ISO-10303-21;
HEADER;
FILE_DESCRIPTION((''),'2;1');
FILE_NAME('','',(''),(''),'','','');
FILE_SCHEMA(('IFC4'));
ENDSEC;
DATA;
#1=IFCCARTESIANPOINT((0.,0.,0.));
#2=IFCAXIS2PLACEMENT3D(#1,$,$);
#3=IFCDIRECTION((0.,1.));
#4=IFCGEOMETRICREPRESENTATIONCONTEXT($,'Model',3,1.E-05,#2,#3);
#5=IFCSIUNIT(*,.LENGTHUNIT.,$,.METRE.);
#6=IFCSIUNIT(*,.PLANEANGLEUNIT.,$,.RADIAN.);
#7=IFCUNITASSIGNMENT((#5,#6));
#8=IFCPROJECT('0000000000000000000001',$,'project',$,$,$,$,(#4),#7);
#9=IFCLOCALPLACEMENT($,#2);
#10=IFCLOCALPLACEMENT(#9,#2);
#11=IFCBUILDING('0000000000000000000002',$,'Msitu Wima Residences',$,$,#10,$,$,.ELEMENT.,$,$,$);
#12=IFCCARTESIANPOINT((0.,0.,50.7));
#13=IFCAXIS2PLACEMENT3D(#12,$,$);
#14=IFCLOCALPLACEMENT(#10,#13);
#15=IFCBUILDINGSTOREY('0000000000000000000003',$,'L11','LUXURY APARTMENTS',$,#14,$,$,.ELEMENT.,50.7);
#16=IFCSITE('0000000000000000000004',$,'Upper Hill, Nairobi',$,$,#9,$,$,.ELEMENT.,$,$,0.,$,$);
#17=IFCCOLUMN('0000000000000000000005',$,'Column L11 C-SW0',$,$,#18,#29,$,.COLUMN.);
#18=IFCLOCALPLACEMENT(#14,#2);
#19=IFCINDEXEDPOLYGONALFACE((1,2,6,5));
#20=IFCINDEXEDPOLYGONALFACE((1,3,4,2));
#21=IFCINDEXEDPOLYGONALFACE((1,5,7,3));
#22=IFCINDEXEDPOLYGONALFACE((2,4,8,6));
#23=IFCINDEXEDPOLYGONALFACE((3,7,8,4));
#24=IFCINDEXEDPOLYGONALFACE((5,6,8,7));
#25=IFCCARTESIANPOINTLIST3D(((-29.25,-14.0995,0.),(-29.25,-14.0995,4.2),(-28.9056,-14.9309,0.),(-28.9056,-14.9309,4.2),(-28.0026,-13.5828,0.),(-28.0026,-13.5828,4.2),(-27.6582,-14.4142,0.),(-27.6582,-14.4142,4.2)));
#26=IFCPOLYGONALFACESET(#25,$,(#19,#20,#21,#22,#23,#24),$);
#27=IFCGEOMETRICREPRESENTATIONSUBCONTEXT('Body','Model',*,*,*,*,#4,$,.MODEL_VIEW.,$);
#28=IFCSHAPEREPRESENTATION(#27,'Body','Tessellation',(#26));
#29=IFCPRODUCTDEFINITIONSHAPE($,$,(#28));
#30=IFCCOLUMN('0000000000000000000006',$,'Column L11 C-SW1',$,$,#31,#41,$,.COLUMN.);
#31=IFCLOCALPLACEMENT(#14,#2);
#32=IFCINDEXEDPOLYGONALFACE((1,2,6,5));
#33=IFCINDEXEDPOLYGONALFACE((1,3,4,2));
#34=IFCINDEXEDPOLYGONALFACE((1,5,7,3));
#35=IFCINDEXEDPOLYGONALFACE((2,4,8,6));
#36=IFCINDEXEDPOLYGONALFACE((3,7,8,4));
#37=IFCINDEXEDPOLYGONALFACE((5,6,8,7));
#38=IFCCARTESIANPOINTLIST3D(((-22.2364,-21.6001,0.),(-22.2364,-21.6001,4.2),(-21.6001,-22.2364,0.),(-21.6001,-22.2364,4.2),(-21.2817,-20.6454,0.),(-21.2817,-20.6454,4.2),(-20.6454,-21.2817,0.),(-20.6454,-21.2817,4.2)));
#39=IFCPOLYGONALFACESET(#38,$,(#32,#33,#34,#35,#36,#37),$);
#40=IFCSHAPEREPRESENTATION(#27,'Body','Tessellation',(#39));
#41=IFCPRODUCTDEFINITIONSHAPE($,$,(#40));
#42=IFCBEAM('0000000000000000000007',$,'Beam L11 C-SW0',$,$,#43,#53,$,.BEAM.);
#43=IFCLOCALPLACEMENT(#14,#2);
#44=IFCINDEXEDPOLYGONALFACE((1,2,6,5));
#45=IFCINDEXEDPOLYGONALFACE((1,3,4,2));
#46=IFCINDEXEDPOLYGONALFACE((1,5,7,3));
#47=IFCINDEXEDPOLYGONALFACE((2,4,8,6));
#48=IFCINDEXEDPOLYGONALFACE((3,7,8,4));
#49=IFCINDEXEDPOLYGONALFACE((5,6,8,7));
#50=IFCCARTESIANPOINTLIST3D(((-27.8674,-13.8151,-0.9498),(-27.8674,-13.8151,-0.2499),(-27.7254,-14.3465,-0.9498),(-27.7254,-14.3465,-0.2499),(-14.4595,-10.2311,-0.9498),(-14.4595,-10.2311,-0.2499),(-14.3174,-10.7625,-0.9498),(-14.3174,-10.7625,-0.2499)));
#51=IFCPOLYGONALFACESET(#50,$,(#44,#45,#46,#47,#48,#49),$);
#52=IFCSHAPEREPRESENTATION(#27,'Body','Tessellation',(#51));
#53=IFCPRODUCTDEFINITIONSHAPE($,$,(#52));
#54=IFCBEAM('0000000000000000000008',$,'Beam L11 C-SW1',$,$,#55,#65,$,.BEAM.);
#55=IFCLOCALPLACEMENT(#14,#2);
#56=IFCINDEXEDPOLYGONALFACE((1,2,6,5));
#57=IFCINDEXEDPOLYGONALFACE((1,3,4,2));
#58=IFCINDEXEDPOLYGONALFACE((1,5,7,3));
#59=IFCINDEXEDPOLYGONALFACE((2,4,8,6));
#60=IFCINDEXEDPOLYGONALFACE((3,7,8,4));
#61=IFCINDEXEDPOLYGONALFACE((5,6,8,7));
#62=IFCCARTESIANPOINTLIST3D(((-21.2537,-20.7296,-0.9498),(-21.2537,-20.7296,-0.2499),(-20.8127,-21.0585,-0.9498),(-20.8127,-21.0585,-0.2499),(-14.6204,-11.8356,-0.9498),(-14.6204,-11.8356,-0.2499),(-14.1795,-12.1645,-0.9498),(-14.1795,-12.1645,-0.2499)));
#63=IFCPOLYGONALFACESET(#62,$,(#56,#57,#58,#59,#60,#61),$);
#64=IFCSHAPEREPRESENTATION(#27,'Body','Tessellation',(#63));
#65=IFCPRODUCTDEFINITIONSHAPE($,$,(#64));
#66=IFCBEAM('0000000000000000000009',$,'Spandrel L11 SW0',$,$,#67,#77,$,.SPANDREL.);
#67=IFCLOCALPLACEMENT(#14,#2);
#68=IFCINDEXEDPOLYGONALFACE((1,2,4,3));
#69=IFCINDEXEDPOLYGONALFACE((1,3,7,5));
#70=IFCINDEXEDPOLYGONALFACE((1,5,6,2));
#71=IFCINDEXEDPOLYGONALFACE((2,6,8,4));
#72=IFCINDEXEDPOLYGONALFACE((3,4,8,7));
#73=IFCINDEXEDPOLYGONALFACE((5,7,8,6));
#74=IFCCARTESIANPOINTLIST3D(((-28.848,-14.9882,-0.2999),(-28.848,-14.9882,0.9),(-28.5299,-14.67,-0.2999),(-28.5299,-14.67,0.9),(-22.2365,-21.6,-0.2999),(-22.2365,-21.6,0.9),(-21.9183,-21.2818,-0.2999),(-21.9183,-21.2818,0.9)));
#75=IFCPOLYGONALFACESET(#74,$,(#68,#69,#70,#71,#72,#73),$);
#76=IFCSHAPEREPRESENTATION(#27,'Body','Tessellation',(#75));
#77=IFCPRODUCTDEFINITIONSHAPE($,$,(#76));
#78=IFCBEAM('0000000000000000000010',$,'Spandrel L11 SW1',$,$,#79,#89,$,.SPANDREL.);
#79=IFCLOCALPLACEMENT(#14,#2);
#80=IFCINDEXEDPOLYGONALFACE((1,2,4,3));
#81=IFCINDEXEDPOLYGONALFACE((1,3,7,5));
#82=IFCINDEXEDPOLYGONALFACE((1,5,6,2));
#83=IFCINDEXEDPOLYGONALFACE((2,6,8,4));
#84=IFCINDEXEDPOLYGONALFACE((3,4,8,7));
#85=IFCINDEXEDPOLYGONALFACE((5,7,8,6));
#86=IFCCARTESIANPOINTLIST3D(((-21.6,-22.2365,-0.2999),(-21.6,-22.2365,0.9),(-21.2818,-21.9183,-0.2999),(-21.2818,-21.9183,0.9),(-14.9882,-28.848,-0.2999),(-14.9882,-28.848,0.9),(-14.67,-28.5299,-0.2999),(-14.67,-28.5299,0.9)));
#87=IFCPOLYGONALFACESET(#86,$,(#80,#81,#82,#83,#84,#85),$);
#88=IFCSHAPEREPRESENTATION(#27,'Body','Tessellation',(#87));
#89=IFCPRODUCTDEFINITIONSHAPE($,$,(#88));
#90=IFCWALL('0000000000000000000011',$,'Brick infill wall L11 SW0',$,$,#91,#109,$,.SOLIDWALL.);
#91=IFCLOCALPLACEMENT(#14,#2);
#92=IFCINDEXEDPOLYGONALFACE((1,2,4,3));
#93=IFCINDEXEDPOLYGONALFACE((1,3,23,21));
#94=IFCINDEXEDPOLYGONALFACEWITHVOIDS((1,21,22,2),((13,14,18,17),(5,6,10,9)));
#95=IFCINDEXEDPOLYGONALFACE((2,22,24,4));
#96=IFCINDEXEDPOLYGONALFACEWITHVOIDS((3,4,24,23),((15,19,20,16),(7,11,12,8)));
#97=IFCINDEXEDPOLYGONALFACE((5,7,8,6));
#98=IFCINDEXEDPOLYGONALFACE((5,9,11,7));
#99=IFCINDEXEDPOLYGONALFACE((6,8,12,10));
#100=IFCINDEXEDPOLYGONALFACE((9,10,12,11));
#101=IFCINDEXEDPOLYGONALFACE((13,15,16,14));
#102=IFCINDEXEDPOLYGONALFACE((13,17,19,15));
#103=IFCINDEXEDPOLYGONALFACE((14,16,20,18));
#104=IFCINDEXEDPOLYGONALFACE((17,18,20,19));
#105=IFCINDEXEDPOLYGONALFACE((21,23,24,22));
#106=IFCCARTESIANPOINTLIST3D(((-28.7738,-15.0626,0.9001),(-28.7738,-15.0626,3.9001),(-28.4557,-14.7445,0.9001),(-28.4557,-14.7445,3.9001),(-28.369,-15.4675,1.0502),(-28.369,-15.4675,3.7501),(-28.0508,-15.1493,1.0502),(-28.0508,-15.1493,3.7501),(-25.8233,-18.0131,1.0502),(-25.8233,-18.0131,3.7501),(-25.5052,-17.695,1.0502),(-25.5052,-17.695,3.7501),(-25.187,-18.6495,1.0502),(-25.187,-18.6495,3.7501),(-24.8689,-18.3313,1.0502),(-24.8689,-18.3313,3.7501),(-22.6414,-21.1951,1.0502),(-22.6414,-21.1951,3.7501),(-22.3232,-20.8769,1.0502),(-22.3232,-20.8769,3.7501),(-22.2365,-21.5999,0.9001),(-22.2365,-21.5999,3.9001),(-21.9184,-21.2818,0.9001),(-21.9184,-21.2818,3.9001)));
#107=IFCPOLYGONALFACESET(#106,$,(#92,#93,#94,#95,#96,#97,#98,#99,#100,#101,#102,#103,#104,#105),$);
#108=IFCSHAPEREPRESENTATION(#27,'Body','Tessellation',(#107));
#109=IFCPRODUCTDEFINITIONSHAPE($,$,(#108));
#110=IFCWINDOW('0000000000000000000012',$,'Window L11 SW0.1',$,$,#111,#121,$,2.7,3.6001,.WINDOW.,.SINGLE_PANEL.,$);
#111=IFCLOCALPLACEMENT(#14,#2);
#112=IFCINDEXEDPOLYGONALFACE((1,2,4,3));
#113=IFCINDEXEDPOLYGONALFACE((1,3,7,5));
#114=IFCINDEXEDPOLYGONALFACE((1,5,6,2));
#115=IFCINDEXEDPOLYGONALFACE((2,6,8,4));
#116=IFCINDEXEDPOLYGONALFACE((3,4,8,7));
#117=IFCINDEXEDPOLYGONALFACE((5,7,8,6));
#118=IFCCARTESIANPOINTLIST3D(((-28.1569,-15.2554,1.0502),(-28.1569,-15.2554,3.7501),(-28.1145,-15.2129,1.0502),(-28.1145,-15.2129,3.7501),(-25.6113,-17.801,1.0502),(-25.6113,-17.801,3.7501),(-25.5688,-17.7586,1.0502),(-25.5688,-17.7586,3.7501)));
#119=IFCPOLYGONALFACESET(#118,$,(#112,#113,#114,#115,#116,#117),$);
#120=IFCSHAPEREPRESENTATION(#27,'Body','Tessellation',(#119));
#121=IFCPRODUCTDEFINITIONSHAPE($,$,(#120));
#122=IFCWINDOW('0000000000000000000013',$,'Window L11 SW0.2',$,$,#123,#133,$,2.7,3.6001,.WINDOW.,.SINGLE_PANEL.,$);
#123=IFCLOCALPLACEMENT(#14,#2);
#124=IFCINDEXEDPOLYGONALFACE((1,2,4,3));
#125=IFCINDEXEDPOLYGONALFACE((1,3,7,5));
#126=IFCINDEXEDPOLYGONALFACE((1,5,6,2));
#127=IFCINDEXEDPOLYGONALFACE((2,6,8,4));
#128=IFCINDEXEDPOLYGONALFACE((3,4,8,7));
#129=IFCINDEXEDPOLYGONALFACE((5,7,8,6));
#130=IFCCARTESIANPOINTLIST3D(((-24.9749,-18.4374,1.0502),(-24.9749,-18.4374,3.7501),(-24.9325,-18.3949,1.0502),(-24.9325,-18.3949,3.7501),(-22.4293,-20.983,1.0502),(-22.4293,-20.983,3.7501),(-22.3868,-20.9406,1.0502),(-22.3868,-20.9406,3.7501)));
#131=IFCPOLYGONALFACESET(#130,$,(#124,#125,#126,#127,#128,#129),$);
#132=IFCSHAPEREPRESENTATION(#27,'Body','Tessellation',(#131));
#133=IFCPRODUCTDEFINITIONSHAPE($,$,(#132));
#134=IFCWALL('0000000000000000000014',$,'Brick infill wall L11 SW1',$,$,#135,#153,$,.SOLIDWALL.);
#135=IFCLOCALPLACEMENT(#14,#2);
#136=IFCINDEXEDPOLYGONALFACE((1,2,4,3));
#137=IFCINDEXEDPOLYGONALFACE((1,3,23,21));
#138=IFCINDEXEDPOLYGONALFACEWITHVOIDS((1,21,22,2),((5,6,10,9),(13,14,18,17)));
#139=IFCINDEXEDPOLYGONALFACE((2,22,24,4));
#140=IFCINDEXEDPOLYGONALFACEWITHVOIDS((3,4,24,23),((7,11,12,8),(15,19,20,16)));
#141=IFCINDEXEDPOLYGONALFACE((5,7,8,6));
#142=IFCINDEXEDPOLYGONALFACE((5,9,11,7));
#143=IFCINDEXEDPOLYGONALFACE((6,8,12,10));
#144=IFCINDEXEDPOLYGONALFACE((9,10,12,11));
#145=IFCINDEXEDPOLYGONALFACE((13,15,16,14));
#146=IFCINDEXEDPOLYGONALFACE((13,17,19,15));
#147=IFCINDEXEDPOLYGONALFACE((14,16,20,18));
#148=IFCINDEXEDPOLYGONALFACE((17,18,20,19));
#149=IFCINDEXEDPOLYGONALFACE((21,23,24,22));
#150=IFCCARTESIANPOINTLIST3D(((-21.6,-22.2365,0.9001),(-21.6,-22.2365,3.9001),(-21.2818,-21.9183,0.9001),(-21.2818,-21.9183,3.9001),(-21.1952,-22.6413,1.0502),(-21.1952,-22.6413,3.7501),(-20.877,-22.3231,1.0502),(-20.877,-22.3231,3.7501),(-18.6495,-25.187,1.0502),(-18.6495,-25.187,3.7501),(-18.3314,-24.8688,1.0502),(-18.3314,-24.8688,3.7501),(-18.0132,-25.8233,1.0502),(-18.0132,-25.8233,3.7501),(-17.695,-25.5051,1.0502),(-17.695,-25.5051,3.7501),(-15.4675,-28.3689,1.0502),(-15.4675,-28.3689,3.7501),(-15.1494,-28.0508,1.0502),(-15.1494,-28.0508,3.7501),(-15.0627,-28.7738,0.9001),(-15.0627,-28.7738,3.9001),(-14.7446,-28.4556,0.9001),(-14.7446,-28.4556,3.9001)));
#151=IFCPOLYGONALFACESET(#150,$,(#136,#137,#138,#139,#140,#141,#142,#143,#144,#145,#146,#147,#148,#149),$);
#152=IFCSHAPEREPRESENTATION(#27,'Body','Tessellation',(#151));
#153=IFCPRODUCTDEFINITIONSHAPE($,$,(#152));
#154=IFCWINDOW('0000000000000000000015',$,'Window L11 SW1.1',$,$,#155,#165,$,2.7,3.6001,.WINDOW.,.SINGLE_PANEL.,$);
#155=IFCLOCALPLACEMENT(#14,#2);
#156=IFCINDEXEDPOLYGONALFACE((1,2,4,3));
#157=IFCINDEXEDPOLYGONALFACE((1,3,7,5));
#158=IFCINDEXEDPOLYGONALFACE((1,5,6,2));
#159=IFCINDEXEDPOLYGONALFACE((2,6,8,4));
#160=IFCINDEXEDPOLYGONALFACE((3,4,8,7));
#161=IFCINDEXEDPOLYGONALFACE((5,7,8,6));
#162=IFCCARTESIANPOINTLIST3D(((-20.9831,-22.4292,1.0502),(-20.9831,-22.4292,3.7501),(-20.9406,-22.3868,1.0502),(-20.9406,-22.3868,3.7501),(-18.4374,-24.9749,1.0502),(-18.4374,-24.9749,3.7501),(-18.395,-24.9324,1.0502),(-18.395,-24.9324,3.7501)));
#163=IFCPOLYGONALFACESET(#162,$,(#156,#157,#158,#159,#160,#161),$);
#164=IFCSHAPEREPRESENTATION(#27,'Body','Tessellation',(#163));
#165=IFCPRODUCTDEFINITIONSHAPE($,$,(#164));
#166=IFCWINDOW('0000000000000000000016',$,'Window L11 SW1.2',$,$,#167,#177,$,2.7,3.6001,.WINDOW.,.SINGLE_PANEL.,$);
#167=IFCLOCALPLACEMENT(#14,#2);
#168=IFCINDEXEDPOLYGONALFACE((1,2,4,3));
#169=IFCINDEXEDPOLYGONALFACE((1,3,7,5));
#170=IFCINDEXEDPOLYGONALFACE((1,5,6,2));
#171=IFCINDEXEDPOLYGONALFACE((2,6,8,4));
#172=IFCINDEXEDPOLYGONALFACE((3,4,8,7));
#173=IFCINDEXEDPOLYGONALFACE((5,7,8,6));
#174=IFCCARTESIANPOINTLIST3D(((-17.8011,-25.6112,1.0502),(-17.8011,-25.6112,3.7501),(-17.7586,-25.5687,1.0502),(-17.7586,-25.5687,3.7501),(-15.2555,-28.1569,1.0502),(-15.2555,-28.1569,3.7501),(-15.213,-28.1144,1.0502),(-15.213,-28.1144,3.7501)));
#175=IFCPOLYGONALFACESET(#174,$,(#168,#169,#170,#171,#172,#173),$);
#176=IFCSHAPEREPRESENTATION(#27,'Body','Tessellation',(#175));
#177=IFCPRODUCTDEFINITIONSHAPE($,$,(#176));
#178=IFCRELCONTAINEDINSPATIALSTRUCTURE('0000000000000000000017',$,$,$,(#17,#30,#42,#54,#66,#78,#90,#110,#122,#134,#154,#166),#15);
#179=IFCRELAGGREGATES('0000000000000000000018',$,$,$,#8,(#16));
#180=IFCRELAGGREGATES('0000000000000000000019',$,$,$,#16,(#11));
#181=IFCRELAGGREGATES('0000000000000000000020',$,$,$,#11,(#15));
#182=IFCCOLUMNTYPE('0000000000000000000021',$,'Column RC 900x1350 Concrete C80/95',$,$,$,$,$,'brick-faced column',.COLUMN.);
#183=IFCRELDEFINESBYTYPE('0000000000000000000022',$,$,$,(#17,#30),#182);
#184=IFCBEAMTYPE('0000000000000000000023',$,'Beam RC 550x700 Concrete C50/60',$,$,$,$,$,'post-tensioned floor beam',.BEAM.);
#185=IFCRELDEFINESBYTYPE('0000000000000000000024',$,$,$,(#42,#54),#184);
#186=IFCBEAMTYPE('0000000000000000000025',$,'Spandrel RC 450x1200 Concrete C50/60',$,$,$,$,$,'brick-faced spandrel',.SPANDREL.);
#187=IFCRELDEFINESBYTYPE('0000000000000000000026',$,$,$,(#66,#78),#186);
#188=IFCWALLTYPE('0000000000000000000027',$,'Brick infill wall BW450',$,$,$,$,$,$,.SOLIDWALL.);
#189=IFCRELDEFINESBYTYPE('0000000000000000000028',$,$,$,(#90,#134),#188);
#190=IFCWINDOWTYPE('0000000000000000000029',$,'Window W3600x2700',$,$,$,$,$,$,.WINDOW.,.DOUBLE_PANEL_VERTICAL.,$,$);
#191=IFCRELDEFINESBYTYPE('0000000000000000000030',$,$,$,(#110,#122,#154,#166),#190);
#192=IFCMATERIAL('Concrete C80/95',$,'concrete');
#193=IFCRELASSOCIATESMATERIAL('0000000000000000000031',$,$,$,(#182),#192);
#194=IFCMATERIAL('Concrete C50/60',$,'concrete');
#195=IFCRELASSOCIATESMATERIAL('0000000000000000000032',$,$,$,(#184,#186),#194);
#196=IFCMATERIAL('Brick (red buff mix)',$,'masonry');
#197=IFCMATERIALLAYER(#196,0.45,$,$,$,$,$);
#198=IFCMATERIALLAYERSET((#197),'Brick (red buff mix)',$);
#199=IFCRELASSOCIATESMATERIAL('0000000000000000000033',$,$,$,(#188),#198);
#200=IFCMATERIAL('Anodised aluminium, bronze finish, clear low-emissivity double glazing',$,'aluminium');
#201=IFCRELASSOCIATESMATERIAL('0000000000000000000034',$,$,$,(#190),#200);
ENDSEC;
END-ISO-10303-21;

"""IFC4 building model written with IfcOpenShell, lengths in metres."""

from ifc_helpers import new_model, si_unit, direction, frame, frame_2d, origin, origin_2d, place, context, subcontext, project, spatial, rectangle, extrude, material, layer, layer_set, material_profile, profile_set, type_object, element, fill, save


model = new_model("IFC4")

# Units and contexts
model_context = context("Model", 3, precision=1e-05, world=origin(), true_north=direction((0.0, 1.0)))
body_context = subcontext(model_context, "Body", "Model", "MODEL_VIEW")
ifc_project = project(units=[si_unit("LENGTHUNIT", "METRE"), si_unit("PLANEANGLEUNIT", "RADIAN")], contexts=[model_context])

# Site, building, storey
site_placement = place(None, origin())
site = spatial("IfcSite", under=ifc_project, at=site_placement, Name="Upper Hill, Nairobi", CompositionType="ELEMENT", RefElevation=0.0)
building_placement = place(site_placement, origin())
building = spatial("IfcBuilding", under=site, at=building_placement, Name="Msitu Wima Residences", CompositionType="ELEMENT")
storey_placement = place(building_placement, frame((0.0, 0.0, 50.7)))
storey = spatial("IfcBuildingStorey", under=building, at=storey_placement, Name="L11", Description="LUXURY APARTMENTS", CompositionType="ELEMENT", Elevation=50.7)

# Columns
ifc_material_1 = material(Name="Concrete C80/95", Category="concrete")
ifc_material_profile_1 = material_profile(ifc_material_1, rectangle(XDim=0.8999, YDim=1.3501, at=origin_2d()), Name="RC 900x1350")
ifc_profile_set_1 = profile_set([ifc_material_profile_1], Name="Concrete C80/95")
column_type = type_object("IfcColumnType", Name="Column RC 900x1350 Concrete C80/95", ElementType="brick-faced column", PredefinedType="COLUMN", material=ifc_profile_set_1)
for number, where, z_axis, x_axis, name in (
    (1, (-28.4541, -14.2568, 0.0), (0.0, 0.0, 1.0), (0.382683, -0.92388, 0.0), "Column L11 C-SW0"),
    (2, (-21.4409, -21.4409, 0.0), (0.0, 0.0, 1.0), (0.707107, -0.707107, 0.0), "Column L11 C-SW1"),
):
    element("IfcColumn", number, at=place(storey_placement, frame(where, z_axis=z_axis, x_axis=x_axis)), inside=storey, type_object=column_type, Name=name, PredefinedType="COLUMN", context=body_context, shape_type="SweptSolid", body=[
        extrude(rectangle(XDim=0.8999, YDim=1.3501, at=origin_2d()), origin(), (0.0, 0.0, 1.0), 4.2),
    ])

# Beams
ifc_material_2 = material(Name="Concrete C50/60", Category="concrete")
ifc_material_profile_2 = material_profile(ifc_material_2, rectangle(XDim=0.55, YDim=0.7, at=origin_2d()), Name="RC 550x700")
ifc_profile_set_2 = profile_set([ifc_material_profile_2], Name="Concrete C50/60")
beam_type_1 = type_object("IfcBeamType", Name="Beam RC 550x700 Concrete C50/60", ElementType="post-tensioned floor beam", PredefinedType="BEAM", material=ifc_profile_set_2)
beam_1_placement = place(storey_placement, frame((-27.7964, -14.0808, -0.5999), z_axis=(0.966082, 0.258236, 0.0), x_axis=(-0.258236, 0.966082, 0.0)))
element("IfcBeam", 3, at=beam_1_placement, inside=storey, type_object=beam_type_1, Name="Beam L11 C-SW0", PredefinedType="BEAM", context=body_context, shape_type="SweptSolid", body=[
    extrude(rectangle(XDim=0.55, YDim=0.7, at=origin_2d()), origin(), (0.0, 0.0, 1.0), 13.8787),
])
beam_2_placement = place(storey_placement, frame((-21.0332, -20.894, -0.5999), z_axis=(0.59785, 0.801608, 0.0), x_axis=(-0.801608, 0.59785, 0.0)))
element("IfcBeam", 4, at=beam_2_placement, inside=storey, type_object=beam_type_1, Name="Beam L11 C-SW1", PredefinedType="BEAM", context=body_context, shape_type="SweptSolid", body=[
    extrude(rectangle(XDim=0.55, YDim=0.7, at=origin_2d()), origin(), (0.0, 0.0, 1.0), 11.0952),
])
ifc_material_profile_3 = material_profile(ifc_material_2, rectangle(XDim=0.45, YDim=1.2, at=origin_2d()), Name="RC 450x1200")
ifc_profile_set_3 = profile_set([ifc_material_profile_3], Name="Concrete C50/60")
beam_type_2 = type_object("IfcBeamType", Name="Spandrel RC 450x1200 Concrete C50/60", ElementType="brick-faced spandrel", PredefinedType="SPANDREL", material=ifc_profile_set_3)
for number, where, z_axis, x_axis, name in (
    (5, (-28.689, -14.8291, 0.3), (0.707094, -0.70712, 0.0), (0.70712, 0.707094, 0.0), "Spandrel L11 SW0"),
    (6, (-21.4409, -22.0774, 0.3), (0.70712, -0.707094, 0.0), (0.707094, 0.70712, 0.0), "Spandrel L11 SW1"),
):
    element("IfcBeam", number, at=place(storey_placement, frame(where, z_axis=z_axis, x_axis=x_axis)), inside=storey, type_object=beam_type_2, Name=name, PredefinedType="SPANDREL", context=body_context, shape_type="SweptSolid", body=[
        extrude(rectangle(XDim=0.45, YDim=1.2, at=origin_2d()), origin(), (0.0, 0.0, 1.0), 9.3503),
    ])

# Walls, openings, windows
ifc_material_3 = material(Name="Brick (red buff mix)", Category="masonry")
ifc_layer_1 = layer(ifc_material_3, 0.45)
ifc_layer_set_1 = layer_set([ifc_layer_1], Name="Brick (red buff mix)")
wall_type_1 = type_object("IfcWallType", Name="Brick infill wall BW450", PredefinedType="SOLIDWALL", material=ifc_layer_set_1)
wall_1_placement = place(storey_placement, frame((-28.6147, -14.9036, 0.9001), z_axis=(0.0, 0.0, 1.0), x_axis=(0.707107, -0.707107, 0.0)))
wall_1 = element("IfcWall", 7, at=wall_1_placement, inside=storey, type_object=wall_type_1, Name="Brick infill wall L11 SW0", PredefinedType="SOLIDWALL", context=body_context, shape_type="SweptSolid", body=[
    extrude(rectangle(XDim=9.2451, YDim=0.45, at=frame_2d((4.6226, 0.0))), origin(), (0.0, 0.0, 1.0), 3.0),
])
opening_1_placement = place(wall_1_placement, frame((0.5725, 0.0, 0.1499)))
opening_1 = element("IfcOpeningElement", 8, at=opening_1_placement, cuts=wall_1, PredefinedType="OPENING", context=body_context, shape_type="SweptSolid", body=[
    extrude(rectangle(XDim=3.6001, YDim=2.7, at=frame_2d((1.8, 1.3501))), frame((0.0, 0.2349, 0.0), z_axis=(0.0, -1.0, 0.0), x_axis=(1.0, 0.0, 0.0)), (0.0, 0.0, 1.0), 0.47),
])
opening_2_placement = place(wall_1_placement, frame((5.0725, 0.0, 0.1499)))
opening_2 = element("IfcOpeningElement", 9, at=opening_2_placement, cuts=wall_1, PredefinedType="OPENING", context=body_context, shape_type="SweptSolid", body=[
    extrude(rectangle(XDim=3.6001, YDim=2.7, at=frame_2d((1.8, 1.3501))), frame((0.0, 0.2349, 0.0), z_axis=(0.0, -1.0, 0.0), x_axis=(1.0, 0.0, 0.0)), (0.0, 0.0, 1.0), 0.47),
])
ifc_material_4 = material(Name="Anodised aluminium, bronze finish, clear low-emissivity double glazing", Category="aluminium")
window_type = type_object("IfcWindowType", Name="Window W3600x2700", PartitioningType="DOUBLE_PANEL_VERTICAL", PredefinedType="WINDOW", material=ifc_material_4)
window_1_placement = place(opening_1_placement, origin())
window_1 = element("IfcWindow", 10, at=window_1_placement, inside=storey, type_object=window_type, Name="Window L11 SW0.1", OverallHeight=2.7, OverallWidth=3.6001, PartitioningType="SINGLE_PANEL", PredefinedType="WINDOW", context=body_context, shape_type="SweptSolid", body=[
    extrude(rectangle(XDim=3.6001, YDim=2.7, at=frame_2d((1.8, 1.3501))), frame((0.0, 0.135, 0.0), z_axis=(0.0, -1.0, 0.0), x_axis=(1.0, 0.0, 0.0)), (0.0, 0.0, 1.0), 0.0601),
])
fill(opening_1, window_1)
window_2_placement = place(opening_2_placement, origin())
window_2 = element("IfcWindow", 11, at=window_2_placement, inside=storey, type_object=window_type, Name="Window L11 SW0.2", OverallHeight=2.7, OverallWidth=3.6001, PartitioningType="SINGLE_PANEL", PredefinedType="WINDOW", context=body_context, shape_type="SweptSolid", body=[
    extrude(rectangle(XDim=3.6001, YDim=2.7, at=frame_2d((1.8, 1.3501))), frame((0.0, 0.135, 0.0), z_axis=(0.0, -1.0, 0.0), x_axis=(1.0, 0.0, 0.0)), (0.0, 0.0, 1.0), 0.0601),
])
fill(opening_2, window_2)
wall_2_placement = place(storey_placement, frame((-21.4409, -22.0774, 0.9001), z_axis=(0.0, 0.0, 1.0), x_axis=(0.707107, -0.707107, 0.0)))
wall_2 = element("IfcWall", 12, at=wall_2_placement, inside=storey, type_object=wall_type_1, Name="Brick infill wall L11 SW1", PredefinedType="SOLIDWALL", context=body_context, shape_type="SweptSolid", body=[
    extrude(rectangle(XDim=9.2451, YDim=0.45, at=frame_2d((4.6226, 0.0))), origin(), (0.0, 0.0, 1.0), 3.0),
])
opening_3_placement = place(wall_2_placement, frame((0.5725, 0.0, 0.1499)))
opening_3 = element("IfcOpeningElement", 13, at=opening_3_placement, cuts=wall_2, PredefinedType="OPENING", context=body_context, shape_type="SweptSolid", body=[
    extrude(rectangle(XDim=3.6001, YDim=2.7, at=frame_2d((1.8, 1.3501))), frame((0.0, 0.2349, 0.0), z_axis=(0.0, -1.0, 0.0), x_axis=(1.0, 0.0, 0.0)), (0.0, 0.0, 1.0), 0.47),
])
opening_4_placement = place(wall_2_placement, frame((5.0725, 0.0, 0.1499)))
opening_4 = element("IfcOpeningElement", 14, at=opening_4_placement, cuts=wall_2, PredefinedType="OPENING", context=body_context, shape_type="SweptSolid", body=[
    extrude(rectangle(XDim=3.6001, YDim=2.7, at=frame_2d((1.8, 1.3501))), frame((0.0, 0.2349, 0.0), z_axis=(0.0, -1.0, 0.0), x_axis=(1.0, 0.0, 0.0)), (0.0, 0.0, 1.0), 0.47),
])
window_3_placement = place(opening_3_placement, origin())
window_3 = element("IfcWindow", 15, at=window_3_placement, inside=storey, type_object=window_type, Name="Window L11 SW1.1", OverallHeight=2.7, OverallWidth=3.6001, PartitioningType="SINGLE_PANEL", PredefinedType="WINDOW", context=body_context, shape_type="SweptSolid", body=[
    extrude(rectangle(XDim=3.6001, YDim=2.7, at=frame_2d((1.8, 1.3501))), frame((0.0, 0.135, 0.0), z_axis=(0.0, -1.0, 0.0), x_axis=(1.0, 0.0, 0.0)), (0.0, 0.0, 1.0), 0.0601),
])
fill(opening_3, window_3)
window_4_placement = place(opening_4_placement, origin())
window_4 = element("IfcWindow", 16, at=window_4_placement, inside=storey, type_object=window_type, Name="Window L11 SW1.2", OverallHeight=2.7, OverallWidth=3.6001, PartitioningType="SINGLE_PANEL", PredefinedType="WINDOW", context=body_context, shape_type="SweptSolid", body=[
    extrude(rectangle(XDim=3.6001, YDim=2.7, at=frame_2d((1.8, 1.3501))), frame((0.0, 0.135, 0.0), z_axis=(0.0, -1.0, 0.0), x_axis=(1.0, 0.0, 0.0)), (0.0, 0.0, 1.0), 0.0601),
])
fill(opening_4, window_4)

save(model, "model.ifc")
